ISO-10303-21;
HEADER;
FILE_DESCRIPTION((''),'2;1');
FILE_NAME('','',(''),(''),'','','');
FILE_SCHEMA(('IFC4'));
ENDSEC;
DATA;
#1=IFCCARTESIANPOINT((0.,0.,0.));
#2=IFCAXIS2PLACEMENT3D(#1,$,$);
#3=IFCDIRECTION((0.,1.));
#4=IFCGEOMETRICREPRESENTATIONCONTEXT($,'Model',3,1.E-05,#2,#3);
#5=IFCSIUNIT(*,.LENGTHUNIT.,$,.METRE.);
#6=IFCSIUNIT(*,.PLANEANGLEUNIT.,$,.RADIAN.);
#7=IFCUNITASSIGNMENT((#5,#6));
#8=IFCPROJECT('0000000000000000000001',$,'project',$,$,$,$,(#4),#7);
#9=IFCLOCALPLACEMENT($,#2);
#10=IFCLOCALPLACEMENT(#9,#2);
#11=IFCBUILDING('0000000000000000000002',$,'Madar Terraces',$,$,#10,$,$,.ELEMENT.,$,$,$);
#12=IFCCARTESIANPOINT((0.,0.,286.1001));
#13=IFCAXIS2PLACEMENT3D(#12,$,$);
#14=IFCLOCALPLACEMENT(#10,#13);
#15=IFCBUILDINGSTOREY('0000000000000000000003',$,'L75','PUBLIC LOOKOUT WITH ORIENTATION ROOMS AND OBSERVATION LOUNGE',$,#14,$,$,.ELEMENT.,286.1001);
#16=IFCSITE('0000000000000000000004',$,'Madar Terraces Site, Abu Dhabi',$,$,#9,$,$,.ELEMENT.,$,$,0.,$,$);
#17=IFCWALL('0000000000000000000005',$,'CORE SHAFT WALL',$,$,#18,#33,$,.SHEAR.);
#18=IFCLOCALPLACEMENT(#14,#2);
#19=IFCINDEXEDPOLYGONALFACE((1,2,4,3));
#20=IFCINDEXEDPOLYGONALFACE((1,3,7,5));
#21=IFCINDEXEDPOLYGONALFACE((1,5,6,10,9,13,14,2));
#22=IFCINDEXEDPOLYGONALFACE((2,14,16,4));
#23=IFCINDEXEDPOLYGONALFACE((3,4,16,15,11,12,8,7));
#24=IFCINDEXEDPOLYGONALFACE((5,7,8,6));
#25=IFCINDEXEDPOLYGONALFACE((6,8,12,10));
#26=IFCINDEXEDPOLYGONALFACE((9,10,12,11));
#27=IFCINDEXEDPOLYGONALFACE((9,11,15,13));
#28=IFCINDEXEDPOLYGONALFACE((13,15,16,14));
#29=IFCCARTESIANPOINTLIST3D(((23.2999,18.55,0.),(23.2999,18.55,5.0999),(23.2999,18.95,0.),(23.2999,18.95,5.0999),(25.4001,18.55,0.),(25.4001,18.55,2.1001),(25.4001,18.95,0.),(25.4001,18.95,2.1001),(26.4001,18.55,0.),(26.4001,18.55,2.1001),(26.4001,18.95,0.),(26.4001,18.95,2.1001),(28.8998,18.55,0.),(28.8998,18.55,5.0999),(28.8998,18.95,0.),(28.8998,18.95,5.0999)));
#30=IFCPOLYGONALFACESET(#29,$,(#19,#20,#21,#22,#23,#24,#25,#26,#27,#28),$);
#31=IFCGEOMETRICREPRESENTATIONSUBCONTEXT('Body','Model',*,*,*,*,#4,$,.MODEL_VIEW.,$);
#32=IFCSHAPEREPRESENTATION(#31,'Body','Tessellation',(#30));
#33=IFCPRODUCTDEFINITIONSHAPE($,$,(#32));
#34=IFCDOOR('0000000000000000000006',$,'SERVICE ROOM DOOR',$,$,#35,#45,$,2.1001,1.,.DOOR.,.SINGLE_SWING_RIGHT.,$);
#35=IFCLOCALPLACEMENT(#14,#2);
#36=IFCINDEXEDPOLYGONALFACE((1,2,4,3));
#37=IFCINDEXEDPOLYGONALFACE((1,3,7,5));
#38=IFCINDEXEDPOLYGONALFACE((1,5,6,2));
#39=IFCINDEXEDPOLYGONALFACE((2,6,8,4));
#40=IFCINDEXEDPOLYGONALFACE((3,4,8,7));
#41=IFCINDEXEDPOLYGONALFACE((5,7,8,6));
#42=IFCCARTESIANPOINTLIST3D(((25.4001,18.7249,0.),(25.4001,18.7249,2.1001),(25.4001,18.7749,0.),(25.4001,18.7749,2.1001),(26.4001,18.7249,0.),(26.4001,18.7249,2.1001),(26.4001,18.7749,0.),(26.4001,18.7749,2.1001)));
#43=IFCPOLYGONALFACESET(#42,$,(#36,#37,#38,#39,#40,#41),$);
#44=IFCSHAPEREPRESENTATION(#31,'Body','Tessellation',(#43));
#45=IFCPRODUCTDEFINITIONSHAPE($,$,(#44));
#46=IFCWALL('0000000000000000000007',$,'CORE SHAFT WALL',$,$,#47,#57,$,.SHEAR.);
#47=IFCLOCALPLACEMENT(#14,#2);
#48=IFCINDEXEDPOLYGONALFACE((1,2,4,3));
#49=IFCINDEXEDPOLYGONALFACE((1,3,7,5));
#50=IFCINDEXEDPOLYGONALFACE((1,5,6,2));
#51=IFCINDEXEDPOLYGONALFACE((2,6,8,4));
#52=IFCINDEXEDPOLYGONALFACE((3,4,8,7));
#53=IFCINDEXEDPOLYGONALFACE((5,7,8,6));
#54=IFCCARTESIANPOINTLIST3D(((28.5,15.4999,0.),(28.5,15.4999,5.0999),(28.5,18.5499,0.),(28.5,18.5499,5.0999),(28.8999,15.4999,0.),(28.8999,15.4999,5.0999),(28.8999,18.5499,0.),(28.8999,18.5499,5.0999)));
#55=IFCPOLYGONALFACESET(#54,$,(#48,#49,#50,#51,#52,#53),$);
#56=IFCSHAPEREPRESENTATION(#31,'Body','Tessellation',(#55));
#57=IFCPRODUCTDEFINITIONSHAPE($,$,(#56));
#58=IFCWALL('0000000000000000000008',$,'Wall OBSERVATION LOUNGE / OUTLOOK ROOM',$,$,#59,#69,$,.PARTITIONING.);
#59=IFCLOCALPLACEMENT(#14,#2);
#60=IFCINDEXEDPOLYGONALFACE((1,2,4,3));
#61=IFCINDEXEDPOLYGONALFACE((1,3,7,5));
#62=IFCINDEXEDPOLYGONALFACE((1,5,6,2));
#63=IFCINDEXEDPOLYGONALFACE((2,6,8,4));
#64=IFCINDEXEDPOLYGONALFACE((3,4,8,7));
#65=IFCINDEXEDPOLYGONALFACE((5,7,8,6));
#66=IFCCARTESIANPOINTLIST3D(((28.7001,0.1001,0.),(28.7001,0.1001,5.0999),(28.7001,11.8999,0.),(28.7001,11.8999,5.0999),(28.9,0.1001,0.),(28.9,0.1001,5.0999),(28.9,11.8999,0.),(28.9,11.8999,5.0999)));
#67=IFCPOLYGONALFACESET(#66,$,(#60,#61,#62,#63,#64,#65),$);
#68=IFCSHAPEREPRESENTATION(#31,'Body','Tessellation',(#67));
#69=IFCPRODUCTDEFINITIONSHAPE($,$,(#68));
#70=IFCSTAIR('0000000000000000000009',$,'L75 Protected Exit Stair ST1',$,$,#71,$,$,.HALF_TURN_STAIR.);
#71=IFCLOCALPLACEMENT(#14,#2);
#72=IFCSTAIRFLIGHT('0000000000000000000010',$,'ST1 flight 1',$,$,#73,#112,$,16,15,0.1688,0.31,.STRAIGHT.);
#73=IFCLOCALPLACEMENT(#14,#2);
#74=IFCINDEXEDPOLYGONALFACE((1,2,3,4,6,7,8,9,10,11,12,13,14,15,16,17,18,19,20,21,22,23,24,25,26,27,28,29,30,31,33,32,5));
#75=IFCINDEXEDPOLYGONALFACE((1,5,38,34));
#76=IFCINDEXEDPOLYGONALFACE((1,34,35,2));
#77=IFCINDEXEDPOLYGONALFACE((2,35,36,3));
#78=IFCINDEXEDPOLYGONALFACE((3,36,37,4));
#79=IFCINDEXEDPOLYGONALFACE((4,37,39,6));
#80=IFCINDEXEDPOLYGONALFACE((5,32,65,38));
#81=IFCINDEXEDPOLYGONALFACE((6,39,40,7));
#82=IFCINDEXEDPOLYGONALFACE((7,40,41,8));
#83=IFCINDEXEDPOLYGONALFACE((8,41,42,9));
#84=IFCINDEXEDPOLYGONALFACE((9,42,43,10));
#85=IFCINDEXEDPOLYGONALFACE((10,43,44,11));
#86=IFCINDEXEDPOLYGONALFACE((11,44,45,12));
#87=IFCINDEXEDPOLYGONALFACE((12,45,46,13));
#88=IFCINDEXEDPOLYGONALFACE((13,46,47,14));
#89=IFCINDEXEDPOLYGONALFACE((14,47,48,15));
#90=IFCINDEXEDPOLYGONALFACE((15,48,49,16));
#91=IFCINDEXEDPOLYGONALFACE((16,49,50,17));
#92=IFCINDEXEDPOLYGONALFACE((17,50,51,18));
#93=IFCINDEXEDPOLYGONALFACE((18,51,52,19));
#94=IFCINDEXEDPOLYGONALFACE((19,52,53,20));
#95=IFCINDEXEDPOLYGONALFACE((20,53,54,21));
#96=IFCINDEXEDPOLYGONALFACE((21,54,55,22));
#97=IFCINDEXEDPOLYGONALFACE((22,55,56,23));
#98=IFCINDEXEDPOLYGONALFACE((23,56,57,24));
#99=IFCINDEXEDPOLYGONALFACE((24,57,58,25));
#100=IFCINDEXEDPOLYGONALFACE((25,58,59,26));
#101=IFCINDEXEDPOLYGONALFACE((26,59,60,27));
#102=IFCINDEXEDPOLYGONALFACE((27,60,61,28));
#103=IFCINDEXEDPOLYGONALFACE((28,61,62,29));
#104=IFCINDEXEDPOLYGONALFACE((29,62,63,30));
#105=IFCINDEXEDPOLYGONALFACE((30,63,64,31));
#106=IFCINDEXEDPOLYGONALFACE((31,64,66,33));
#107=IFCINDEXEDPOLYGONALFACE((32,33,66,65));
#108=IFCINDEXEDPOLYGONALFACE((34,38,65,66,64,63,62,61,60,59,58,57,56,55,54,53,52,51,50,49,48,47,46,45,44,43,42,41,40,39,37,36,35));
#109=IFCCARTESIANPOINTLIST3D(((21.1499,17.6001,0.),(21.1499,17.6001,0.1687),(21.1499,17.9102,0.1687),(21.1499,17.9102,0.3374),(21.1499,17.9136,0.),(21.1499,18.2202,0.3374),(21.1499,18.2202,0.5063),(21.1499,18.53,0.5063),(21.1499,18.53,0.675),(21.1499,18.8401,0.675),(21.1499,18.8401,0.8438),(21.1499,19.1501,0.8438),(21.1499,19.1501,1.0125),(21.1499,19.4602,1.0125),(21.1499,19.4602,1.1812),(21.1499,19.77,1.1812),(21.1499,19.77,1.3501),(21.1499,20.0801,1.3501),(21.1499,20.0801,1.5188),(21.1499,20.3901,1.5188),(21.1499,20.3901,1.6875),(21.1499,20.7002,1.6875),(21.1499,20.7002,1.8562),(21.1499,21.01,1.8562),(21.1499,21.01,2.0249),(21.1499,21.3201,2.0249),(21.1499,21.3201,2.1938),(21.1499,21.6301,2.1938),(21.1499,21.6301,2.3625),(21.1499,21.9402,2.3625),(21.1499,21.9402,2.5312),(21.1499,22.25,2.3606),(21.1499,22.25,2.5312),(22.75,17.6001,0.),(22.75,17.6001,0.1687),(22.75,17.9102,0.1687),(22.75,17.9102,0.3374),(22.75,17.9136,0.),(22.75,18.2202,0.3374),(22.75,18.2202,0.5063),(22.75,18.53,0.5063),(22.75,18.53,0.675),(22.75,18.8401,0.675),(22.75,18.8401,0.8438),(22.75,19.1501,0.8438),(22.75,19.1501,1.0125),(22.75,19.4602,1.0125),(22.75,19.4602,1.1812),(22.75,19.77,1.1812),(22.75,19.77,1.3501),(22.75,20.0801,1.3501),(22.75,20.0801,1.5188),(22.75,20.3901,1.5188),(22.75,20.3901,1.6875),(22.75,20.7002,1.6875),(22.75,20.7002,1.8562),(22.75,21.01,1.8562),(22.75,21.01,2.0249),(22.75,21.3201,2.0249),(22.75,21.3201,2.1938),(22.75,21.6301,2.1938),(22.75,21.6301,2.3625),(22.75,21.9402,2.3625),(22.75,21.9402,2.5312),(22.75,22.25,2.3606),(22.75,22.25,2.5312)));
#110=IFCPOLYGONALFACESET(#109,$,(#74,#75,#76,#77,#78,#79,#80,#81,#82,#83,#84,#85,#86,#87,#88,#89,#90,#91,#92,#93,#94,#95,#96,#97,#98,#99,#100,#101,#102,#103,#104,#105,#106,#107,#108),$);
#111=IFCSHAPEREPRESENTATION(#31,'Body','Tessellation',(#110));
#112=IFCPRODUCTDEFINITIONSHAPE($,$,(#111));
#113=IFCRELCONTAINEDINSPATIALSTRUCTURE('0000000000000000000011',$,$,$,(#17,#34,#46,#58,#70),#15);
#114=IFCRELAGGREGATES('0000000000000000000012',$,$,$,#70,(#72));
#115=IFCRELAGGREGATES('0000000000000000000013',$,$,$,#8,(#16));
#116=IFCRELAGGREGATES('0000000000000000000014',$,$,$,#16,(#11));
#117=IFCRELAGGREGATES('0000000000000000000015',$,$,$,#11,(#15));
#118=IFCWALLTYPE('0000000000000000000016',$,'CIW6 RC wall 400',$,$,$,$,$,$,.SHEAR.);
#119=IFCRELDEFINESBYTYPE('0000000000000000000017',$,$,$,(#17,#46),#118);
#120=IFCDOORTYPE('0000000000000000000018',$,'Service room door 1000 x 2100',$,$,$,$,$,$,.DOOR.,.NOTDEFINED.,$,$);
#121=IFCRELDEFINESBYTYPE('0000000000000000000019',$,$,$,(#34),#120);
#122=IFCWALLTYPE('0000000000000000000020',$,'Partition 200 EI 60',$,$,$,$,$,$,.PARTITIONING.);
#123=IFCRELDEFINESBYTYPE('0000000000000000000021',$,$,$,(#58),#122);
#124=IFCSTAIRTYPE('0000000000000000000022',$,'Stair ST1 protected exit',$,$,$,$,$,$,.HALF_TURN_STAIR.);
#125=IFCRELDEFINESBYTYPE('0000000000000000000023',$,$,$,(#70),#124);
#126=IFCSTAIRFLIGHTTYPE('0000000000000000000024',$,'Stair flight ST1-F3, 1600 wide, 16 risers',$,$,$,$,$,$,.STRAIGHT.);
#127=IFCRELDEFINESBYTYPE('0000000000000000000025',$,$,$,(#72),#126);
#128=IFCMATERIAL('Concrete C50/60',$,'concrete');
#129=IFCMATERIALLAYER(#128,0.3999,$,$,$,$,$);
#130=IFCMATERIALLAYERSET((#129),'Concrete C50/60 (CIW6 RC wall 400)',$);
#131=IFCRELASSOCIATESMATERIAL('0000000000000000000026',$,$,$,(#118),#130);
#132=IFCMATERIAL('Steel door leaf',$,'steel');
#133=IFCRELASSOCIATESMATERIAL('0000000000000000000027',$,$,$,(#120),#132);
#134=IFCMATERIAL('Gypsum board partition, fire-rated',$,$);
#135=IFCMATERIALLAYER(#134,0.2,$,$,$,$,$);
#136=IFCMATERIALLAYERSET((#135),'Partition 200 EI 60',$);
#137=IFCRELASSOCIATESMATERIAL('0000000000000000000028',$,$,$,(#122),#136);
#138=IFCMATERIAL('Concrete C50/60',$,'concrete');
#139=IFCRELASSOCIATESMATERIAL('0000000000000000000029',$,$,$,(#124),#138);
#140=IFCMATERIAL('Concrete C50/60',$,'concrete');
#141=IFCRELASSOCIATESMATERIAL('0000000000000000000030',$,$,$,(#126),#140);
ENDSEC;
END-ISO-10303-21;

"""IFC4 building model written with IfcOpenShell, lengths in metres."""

from ifc_helpers import new_model, si_unit, direction, frame, frame_2d, origin, place, context, subcontext, project, spatial, polyline, rectangle, outline, extrude, material, layer, layer_set, type_object, element, fill, aggregate, save


model = new_model("IFC4")

# Units and contexts
model_context = context("Model", 3, precision=1e-05, world=origin(), true_north=direction((0.0, 1.0)))
body_context = subcontext(model_context, "Body", "Model", "MODEL_VIEW")
ifc_project = project(units=[si_unit("LENGTHUNIT", "METRE"), si_unit("PLANEANGLEUNIT", "RADIAN")], contexts=[model_context])

# Site, building, storey
site_placement = place(None, origin())
site = spatial("IfcSite", under=ifc_project, at=site_placement, Name="Madar Terraces Site, Abu Dhabi", CompositionType="ELEMENT", RefElevation=0.0)
building_placement = place(site_placement, origin())
building = spatial("IfcBuilding", under=site, at=building_placement, Name="Madar Terraces", CompositionType="ELEMENT")
storey_placement = place(building_placement, frame((0.0, 0.0, 286.1001)))
storey = spatial("IfcBuildingStorey", under=building, at=storey_placement, Name="L75", Description="PUBLIC LOOKOUT WITH ORIENTATION ROOMS AND OBSERVATION LOUNGE", CompositionType="ELEMENT", Elevation=286.1001)

# Shared definitions
ifc_material_1 = material(Name="Concrete C50/60", Category="concrete")
ifc_layer_1 = layer(ifc_material_1, 0.3999)
ifc_layer_set_1 = layer_set([ifc_layer_1], Name="Concrete C50/60 (CIW6 RC wall 400)")
wall_type_1 = type_object("IfcWallType", Name="CIW6 RC wall 400", PredefinedType="SHEAR", material=ifc_layer_set_1)

# Wall, opening, door
wall_1_placement = place(storey_placement, frame((23.3, 18.75, 0.0), z_axis=(0.0, 0.0, 1.0), x_axis=(1.0, 0.0, 0.0)))
wall_1 = element("IfcWall", 1, at=wall_1_placement, inside=storey, type_object=wall_type_1, Name="CORE SHAFT WALL", PredefinedType="SHEAR", context=body_context, shape_type="SweptSolid", body=[
    extrude(rectangle(XDim=5.5999, YDim=0.3999, at=frame_2d((2.7998, 0.0))), origin(), (0.0, 0.0, 1.0), 5.0999),
])
opening_1_placement = place(wall_1_placement, frame((2.1001, 0.0, 0.0)))
opening_1 = element("IfcOpeningElement", 2, at=opening_1_placement, cuts=wall_1, PredefinedType="OPENING", context=body_context, shape_type="SweptSolid", body=[
    extrude(rectangle(XDim=1.0, YDim=2.1001, at=frame_2d((0.5, 1.05))), frame((0.0, 0.21, 0.0), z_axis=(0.0, -1.0, 0.0), x_axis=(1.0, 0.0, 0.0)), (0.0, 0.0, 1.0), 0.4199),
])
ifc_material_2 = material(Name="Steel door leaf", Category="steel")
door_type_1 = type_object("IfcDoorType", Name="Service room door 1000 x 2100", OperationType="NOTDEFINED", PredefinedType="DOOR", material=ifc_material_2)
door_1_placement = place(opening_1_placement, origin())
door_1 = element("IfcDoor", 3, at=door_1_placement, inside=storey, type_object=door_type_1, Name="SERVICE ROOM DOOR", OperationType="SINGLE_SWING_RIGHT", OverallHeight=2.1001, OverallWidth=1.0, PredefinedType="DOOR", context=body_context, shape_type="SweptSolid", body=[
    extrude(rectangle(XDim=1.0, YDim=2.1001, at=frame_2d((0.5, 1.05))), frame((0.0, 0.0249, 0.0), z_axis=(0.0, -1.0, 0.0), x_axis=(1.0, 0.0, 0.0)), (0.0, 0.0, 1.0), 0.05),
])
fill(opening_1, door_1)

# Wall
wall_2_placement = place(storey_placement, frame((28.7, 15.5, 0.0), z_axis=(0.0, 0.0, 1.0), x_axis=(0.0, 1.0, 0.0)))
element("IfcWall", 4, at=wall_2_placement, inside=storey, type_object=wall_type_1, Name="CORE SHAFT WALL", PredefinedType="SHEAR", context=body_context, shape_type="SweptSolid", body=[
    extrude(rectangle(XDim=3.05, YDim=0.3999, at=frame_2d((1.5249, 0.0))), origin(), (0.0, 0.0, 1.0), 5.0999),
])

# Wall
ifc_material_3 = material(Name="Gypsum board partition, fire-rated")
ifc_layer_2 = layer(ifc_material_3, 0.2)
ifc_layer_set_2 = layer_set([ifc_layer_2], Name="Partition 200 EI 60")
wall_type_2 = type_object("IfcWallType", Name="Partition 200 EI 60", PredefinedType="PARTITIONING", material=ifc_layer_set_2)
wall_3_placement = place(storey_placement, frame((28.8, 0.1001, 0.0), z_axis=(0.0, 0.0, 1.0), x_axis=(0.0, 1.0, 0.0)))
element("IfcWall", 5, at=wall_3_placement, inside=storey, type_object=wall_type_2, Name="Wall OBSERVATION LOUNGE / OUTLOOK ROOM", PredefinedType="PARTITIONING", context=body_context, shape_type="SweptSolid", body=[
    extrude(rectangle(XDim=11.7998, YDim=0.2, at=frame_2d((5.8999, 0.0))), origin(), (0.0, 0.0, 1.0), 5.0999),
])

# Stair, stair flight
ifc_material_4 = material(Name="Concrete C50/60", Category="concrete")
stair_type = type_object("IfcStairType", Name="Stair ST1 protected exit", PredefinedType="HALF_TURN_STAIR", material=ifc_material_4)
stair_placement = place(storey_placement, origin())
stair = element("IfcStair", 6, at=stair_placement, inside=storey, type_object=stair_type, Name="L75 Protected Exit Stair ST1", PredefinedType="HALF_TURN_STAIR")
ifc_material_5 = material(Name="Concrete C50/60", Category="concrete")
stair_flight_type = type_object("IfcStairFlightType", Name="Stair flight ST1-F3, 1600 wide, 16 risers", PredefinedType="STRAIGHT", material=ifc_material_5)
stair_flight_placement = place(storey_placement, frame((21.95, 17.6001, 0.0), z_axis=(0.0, 0.0, 1.0), x_axis=(0.0, 1.0, 0.0)))
stair_flight = element("IfcStairFlight", 7, at=stair_flight_placement, type_object=stair_flight_type, Name="ST1 flight 1", NumberOfRisers=16, NumberOfTreads=15, PredefinedType="STRAIGHT", RiserHeight=0.1688, TreadLength=0.31, context=body_context, shape_type="SweptSolid", body=[
    extrude(outline(polyline([(0.0, 0.0), (0.0, 0.1687), (0.3101, 0.1687), (0.3101, 0.3374), (0.6201, 0.3374), (0.6201, 0.5063), (0.9299, 0.5063), (0.9299, 0.675), (1.24, 0.675), (1.24, 0.8438), (1.55, 0.8438), (1.55, 1.0125), (1.8601, 1.0125), (1.8601, 1.1812), (2.1699, 1.1812), (2.1699, 1.3501), (2.48, 1.3501), (2.48, 1.5188), (2.79, 1.5188), (2.79, 1.6875), (3.1001, 1.6875), (3.1001, 1.8562), (3.4099, 1.8562), (3.4099, 2.0249), (3.72, 2.0249), (3.72, 2.1938), (4.03, 2.1938), (4.03, 2.3625), (4.3401, 2.3625), (4.3401, 2.5312), (4.6499, 2.5312), (4.6499, 2.7), (4.6499, 2.3606), (0.3135, 0.0), (0.0, 0.0)])), frame((0.0, 0.8, 0.0), z_axis=(0.0, -1.0, 0.0), x_axis=(1.0, 0.0, 0.0)), (0.0, 0.0, 1.0), 1.6001),
])
aggregate(stair, [stair_flight])

save(model, "model.ifc")
